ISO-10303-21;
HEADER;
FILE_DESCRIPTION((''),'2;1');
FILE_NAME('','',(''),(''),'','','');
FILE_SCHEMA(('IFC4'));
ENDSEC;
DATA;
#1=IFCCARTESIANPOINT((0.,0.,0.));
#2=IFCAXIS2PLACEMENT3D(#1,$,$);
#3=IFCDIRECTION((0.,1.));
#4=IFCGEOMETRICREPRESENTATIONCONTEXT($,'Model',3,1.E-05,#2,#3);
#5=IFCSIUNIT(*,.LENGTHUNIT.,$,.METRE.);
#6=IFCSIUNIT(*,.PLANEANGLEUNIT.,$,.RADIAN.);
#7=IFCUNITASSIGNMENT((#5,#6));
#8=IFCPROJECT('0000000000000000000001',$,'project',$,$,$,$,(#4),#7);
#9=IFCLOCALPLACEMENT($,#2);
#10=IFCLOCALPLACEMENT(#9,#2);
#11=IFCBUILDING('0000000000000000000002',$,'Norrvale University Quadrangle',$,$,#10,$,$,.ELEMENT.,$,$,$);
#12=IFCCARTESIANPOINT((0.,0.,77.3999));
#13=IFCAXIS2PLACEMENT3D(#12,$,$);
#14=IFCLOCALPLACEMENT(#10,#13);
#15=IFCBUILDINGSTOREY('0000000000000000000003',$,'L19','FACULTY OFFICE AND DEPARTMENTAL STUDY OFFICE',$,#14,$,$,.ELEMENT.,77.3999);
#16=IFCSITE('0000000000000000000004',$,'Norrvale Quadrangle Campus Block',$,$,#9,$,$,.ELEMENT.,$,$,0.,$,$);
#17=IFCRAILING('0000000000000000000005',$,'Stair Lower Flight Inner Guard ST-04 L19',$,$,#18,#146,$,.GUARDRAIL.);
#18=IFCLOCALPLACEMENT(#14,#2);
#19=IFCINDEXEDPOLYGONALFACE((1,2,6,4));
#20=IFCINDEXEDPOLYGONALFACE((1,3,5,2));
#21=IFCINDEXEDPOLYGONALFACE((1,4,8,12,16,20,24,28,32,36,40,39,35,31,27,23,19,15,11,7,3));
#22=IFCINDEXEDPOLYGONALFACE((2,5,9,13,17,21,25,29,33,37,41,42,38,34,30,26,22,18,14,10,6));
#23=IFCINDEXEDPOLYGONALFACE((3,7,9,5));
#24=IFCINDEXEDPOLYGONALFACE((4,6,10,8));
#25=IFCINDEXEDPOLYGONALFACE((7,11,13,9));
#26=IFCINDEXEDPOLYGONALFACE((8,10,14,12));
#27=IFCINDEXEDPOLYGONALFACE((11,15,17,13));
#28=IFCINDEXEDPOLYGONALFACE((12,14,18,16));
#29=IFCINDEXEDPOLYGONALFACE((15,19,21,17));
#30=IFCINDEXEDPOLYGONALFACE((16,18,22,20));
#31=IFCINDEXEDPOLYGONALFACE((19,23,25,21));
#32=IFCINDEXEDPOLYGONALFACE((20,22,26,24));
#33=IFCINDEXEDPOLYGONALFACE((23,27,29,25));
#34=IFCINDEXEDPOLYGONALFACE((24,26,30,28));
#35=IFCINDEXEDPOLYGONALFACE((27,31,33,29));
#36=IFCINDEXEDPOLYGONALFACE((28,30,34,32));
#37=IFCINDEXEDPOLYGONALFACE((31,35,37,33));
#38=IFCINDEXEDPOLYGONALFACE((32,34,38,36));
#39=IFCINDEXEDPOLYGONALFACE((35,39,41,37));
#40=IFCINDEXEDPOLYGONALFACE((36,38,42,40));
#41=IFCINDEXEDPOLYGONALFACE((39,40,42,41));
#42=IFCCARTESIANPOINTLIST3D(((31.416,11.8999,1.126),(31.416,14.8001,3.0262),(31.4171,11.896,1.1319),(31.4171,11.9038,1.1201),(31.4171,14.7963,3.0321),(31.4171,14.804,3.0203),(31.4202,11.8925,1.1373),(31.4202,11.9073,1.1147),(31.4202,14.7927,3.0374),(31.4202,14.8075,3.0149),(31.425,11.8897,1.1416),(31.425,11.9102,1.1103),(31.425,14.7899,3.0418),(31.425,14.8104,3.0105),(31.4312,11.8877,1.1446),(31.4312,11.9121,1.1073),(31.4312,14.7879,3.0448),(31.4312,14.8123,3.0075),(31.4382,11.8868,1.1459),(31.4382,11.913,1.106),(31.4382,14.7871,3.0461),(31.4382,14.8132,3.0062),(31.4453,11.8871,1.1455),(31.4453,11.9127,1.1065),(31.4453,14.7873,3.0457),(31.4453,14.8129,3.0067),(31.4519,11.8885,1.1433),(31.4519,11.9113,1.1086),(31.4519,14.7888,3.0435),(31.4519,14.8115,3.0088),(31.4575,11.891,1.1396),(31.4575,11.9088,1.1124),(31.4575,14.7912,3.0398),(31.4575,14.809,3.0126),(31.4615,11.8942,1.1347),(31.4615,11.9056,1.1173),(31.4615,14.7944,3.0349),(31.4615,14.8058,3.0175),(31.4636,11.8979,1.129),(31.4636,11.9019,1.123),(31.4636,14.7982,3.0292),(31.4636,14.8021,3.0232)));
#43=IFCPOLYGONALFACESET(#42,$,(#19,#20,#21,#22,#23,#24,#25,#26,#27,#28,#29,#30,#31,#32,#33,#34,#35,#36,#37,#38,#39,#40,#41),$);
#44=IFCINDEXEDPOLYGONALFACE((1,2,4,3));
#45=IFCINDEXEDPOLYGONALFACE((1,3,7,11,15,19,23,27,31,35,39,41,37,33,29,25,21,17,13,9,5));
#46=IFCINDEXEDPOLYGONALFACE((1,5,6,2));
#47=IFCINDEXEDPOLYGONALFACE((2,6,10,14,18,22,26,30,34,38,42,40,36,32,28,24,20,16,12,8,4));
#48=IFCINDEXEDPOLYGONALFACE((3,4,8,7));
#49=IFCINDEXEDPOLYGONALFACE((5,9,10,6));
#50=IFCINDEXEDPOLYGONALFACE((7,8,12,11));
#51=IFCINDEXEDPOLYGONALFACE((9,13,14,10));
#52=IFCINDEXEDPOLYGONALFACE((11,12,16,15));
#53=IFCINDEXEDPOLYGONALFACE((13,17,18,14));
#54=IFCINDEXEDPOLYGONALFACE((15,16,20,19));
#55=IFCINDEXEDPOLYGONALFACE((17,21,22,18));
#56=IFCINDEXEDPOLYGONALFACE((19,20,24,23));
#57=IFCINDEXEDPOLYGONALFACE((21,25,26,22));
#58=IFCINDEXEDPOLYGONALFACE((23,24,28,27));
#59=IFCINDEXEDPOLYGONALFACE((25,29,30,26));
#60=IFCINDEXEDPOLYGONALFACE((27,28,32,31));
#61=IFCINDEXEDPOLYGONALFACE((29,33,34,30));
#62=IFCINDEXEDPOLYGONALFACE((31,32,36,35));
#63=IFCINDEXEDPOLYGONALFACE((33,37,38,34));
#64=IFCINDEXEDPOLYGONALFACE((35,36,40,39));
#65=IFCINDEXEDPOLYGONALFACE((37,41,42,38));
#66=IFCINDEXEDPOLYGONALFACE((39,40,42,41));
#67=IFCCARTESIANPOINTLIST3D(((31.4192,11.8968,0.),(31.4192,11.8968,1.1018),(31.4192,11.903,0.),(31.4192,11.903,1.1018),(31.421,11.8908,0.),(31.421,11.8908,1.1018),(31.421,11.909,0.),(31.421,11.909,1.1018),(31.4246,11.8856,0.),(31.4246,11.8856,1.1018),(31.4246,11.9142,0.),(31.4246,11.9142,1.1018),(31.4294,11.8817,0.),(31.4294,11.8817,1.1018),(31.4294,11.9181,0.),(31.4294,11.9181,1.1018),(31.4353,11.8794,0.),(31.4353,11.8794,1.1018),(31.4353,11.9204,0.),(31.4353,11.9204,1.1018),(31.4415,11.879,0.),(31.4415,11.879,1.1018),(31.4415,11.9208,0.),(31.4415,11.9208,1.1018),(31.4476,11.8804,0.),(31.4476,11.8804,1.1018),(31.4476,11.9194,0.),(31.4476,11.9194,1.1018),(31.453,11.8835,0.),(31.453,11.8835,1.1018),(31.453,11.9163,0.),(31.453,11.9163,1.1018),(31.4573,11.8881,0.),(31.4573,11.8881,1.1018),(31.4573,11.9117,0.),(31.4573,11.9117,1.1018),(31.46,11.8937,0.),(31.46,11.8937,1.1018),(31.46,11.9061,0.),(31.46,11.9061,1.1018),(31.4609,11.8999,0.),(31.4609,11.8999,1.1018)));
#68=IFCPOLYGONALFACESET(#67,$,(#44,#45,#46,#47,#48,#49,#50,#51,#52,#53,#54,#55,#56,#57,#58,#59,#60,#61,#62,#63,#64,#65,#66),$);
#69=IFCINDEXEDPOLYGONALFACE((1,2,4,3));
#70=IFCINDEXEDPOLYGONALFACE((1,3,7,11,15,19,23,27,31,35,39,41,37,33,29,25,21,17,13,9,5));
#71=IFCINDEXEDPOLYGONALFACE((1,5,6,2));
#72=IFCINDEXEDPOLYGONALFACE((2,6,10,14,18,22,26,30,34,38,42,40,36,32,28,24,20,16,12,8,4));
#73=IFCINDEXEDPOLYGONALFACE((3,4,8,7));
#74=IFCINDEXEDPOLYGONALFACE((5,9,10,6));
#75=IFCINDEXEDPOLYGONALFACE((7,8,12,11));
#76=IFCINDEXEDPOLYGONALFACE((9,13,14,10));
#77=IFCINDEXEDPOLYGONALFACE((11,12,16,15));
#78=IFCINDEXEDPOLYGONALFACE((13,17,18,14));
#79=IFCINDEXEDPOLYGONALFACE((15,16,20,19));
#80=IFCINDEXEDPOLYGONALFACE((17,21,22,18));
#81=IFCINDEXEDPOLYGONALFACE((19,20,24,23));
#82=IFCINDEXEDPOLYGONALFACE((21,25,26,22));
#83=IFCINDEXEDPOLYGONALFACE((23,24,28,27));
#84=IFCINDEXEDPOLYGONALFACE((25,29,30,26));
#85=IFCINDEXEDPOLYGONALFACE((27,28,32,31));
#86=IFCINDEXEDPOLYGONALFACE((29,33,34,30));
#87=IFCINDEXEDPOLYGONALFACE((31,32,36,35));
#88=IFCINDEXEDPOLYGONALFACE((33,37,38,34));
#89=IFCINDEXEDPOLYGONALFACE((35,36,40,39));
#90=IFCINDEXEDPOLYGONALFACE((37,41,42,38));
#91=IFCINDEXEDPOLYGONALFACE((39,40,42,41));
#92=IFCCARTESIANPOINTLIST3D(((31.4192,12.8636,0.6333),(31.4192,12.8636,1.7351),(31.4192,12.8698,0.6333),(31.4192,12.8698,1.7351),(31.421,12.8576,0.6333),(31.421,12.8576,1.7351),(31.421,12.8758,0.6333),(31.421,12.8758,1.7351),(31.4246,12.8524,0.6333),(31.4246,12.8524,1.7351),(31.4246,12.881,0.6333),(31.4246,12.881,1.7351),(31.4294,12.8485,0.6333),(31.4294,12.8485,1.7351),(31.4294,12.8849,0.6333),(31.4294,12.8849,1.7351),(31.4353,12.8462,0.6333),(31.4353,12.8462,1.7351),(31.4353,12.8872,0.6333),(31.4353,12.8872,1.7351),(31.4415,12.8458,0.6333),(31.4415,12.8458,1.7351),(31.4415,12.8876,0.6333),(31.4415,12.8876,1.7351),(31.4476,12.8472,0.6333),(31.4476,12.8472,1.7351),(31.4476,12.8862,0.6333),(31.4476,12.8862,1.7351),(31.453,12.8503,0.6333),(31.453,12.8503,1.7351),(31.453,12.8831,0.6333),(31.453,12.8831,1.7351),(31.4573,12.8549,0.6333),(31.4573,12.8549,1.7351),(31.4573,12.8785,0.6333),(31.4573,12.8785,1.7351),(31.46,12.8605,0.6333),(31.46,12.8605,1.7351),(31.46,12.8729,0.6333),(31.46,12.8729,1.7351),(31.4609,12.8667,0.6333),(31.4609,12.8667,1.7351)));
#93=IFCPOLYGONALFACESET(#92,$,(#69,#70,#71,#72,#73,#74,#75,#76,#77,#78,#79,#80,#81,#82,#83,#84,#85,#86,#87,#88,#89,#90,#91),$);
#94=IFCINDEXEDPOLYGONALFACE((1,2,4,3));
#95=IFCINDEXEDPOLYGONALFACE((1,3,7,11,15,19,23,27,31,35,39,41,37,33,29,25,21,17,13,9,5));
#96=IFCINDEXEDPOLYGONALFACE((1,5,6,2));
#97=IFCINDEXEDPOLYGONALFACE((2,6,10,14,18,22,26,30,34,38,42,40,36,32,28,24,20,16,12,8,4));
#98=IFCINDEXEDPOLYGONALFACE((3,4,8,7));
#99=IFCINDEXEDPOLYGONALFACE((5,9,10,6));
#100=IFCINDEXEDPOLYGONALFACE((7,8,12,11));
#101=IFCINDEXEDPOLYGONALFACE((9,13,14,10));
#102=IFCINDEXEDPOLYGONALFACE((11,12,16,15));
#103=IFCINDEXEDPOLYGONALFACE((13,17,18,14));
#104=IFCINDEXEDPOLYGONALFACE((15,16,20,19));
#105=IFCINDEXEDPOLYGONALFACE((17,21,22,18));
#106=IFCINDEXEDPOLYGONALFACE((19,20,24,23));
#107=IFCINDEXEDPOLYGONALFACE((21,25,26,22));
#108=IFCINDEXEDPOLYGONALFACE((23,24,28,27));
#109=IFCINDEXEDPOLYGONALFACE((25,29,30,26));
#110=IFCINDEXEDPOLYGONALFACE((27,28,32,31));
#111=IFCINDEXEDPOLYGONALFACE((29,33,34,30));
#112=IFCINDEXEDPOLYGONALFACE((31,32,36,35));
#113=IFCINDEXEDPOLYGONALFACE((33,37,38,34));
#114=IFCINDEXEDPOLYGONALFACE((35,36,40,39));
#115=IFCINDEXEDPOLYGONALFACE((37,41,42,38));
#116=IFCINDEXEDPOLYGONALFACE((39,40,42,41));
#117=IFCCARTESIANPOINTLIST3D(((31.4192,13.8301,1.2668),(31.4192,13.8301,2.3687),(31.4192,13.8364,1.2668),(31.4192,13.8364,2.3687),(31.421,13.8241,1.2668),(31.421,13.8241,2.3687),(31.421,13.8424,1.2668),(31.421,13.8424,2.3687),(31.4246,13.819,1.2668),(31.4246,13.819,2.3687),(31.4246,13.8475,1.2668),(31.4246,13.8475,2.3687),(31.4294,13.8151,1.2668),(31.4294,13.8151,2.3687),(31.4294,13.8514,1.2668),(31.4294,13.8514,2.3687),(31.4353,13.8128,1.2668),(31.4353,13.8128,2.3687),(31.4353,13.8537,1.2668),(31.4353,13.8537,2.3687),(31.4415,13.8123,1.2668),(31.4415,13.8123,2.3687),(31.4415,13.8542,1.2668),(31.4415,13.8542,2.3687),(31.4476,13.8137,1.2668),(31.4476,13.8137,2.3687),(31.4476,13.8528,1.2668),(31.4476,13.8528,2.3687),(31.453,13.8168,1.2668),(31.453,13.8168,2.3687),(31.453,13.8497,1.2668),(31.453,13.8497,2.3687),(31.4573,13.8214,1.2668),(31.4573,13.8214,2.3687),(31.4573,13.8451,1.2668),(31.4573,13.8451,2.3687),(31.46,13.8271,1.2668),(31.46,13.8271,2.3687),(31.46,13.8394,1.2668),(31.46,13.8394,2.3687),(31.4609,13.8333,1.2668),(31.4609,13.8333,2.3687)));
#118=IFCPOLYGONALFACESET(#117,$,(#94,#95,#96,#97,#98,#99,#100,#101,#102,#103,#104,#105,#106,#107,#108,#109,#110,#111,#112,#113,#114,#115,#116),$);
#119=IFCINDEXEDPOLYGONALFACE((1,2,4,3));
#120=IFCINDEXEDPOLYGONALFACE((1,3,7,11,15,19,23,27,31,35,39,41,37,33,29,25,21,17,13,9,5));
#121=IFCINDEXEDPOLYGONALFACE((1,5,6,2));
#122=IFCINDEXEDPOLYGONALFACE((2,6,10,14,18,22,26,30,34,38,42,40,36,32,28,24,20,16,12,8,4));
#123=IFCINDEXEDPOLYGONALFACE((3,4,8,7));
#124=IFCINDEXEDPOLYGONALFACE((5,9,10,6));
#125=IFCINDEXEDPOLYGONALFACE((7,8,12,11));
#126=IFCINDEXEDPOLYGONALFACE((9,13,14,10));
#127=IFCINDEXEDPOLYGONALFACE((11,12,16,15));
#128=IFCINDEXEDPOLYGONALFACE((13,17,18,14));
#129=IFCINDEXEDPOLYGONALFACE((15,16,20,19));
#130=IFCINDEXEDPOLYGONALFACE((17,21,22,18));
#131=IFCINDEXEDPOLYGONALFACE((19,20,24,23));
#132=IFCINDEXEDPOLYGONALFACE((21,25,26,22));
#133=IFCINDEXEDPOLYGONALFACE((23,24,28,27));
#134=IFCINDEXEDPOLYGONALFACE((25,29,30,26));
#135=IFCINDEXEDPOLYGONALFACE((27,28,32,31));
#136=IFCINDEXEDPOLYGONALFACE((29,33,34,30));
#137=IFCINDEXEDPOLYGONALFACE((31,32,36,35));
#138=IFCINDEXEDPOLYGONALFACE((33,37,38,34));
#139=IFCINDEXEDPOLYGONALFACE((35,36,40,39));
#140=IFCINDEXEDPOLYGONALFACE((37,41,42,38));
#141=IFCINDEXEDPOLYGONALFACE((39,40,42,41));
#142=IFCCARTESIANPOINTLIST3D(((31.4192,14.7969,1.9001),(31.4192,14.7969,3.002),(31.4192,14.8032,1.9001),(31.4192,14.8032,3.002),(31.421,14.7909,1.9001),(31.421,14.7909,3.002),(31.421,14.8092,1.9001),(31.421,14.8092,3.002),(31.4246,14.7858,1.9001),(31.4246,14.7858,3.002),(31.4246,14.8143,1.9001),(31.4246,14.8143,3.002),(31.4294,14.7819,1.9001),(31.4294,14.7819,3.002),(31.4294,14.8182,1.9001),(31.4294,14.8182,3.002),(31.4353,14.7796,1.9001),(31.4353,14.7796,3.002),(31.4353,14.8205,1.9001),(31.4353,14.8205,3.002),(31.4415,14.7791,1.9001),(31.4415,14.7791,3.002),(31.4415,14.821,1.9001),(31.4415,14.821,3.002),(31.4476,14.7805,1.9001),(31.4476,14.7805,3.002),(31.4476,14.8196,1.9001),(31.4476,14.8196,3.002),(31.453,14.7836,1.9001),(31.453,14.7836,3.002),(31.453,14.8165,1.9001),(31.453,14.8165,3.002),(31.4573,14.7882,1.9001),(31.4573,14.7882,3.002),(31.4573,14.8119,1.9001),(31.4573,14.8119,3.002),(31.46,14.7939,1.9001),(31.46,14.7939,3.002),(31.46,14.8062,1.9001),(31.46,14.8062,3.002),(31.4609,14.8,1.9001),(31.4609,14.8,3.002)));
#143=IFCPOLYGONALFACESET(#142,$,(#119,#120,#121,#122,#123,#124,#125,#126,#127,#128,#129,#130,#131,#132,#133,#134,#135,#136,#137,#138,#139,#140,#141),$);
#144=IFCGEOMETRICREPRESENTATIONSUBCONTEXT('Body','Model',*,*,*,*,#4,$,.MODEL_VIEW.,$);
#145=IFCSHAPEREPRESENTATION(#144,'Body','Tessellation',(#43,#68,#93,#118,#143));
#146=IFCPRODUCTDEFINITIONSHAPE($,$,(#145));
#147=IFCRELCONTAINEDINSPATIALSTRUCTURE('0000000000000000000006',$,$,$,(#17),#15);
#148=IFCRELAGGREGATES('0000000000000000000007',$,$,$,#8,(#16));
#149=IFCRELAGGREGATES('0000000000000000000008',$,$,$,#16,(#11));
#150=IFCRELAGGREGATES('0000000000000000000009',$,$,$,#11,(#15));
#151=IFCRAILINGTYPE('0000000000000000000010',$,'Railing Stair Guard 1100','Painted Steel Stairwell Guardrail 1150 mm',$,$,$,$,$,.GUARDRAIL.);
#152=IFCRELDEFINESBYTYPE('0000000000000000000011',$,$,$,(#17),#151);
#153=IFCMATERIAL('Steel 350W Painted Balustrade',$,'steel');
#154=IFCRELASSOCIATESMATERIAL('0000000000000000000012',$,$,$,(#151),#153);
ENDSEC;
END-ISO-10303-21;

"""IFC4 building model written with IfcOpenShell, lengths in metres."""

from ifc_helpers import new_model, si_unit, direction, frame, origin, origin_2d, place, context, subcontext, project, spatial, circle, extrude, material, type_object, element, save


model = new_model("IFC4")

# Units and contexts
model_context = context("Model", 3, precision=1e-05, world=origin(), true_north=direction((0.0, 1.0)))
body_context = subcontext(model_context, "Body", "Model", "MODEL_VIEW")
ifc_project = project(units=[si_unit("LENGTHUNIT", "METRE"), si_unit("PLANEANGLEUNIT", "RADIAN")], contexts=[model_context])

# Site, building, storey
site_placement = place(None, origin())
site = spatial("IfcSite", under=ifc_project, at=site_placement, Name="Norrvale Quadrangle Campus Block", CompositionType="ELEMENT", RefElevation=0.0)
building_placement = place(site_placement, origin())
building = spatial("IfcBuilding", under=site, at=building_placement, Name="Norrvale University Quadrangle", CompositionType="ELEMENT")
storey_placement = place(building_placement, frame((0.0, 0.0, 77.3999)))
storey = spatial("IfcBuildingStorey", under=building, at=storey_placement, Name="L19", Description="FACULTY OFFICE AND DEPARTMENTAL STUDY OFFICE", CompositionType="ELEMENT", Elevation=77.3999)

# Railing
ifc_material_1 = material(Name="Steel 350W Painted Balustrade", Category="steel")
railing_type_1 = type_object("IfcRailingType", Name="Railing Stair Guard 1100", Description="Painted Steel Stairwell Guardrail 1150 mm", PredefinedType="GUARDRAIL", material=ifc_material_1)
railing_1_placement = place(storey_placement, frame((31.4399, 11.8999, 0.0)))
element("IfcRailing", 1, at=railing_1_placement, inside=storey, type_object=railing_type_1, Name="Stair Lower Flight Inner Guard ST-04 L19", PredefinedType="GUARDRAIL", context=body_context, shape_type="SweptSolid", body=[
    extrude(circle(Radius=0.0239, at=origin_2d()), frame((0.0, 0.0, 1.126), z_axis=(0.0, 0.836454, 0.548036), x_axis=(-1.0, 0.0, 0.0)), (0.0, 0.0, 1.0), 3.4673),
    extrude(circle(Radius=0.021, at=origin_2d()), origin(), (0.0, 0.0, 1.0), 1.1018),
    extrude(circle(Radius=0.021, at=origin_2d()), frame((0.0, 0.9668, 0.6333)), (0.0, 0.0, 1.0), 1.1018),
    extrude(circle(Radius=0.021, at=origin_2d()), frame((0.0, 1.9333, 1.2668)), (0.0, 0.0, 1.0), 1.1018),
    extrude(circle(Radius=0.021, at=origin_2d()), frame((0.0, 2.9001, 1.9001)), (0.0, 0.0, 1.0), 1.1018),
])

save(model, "model.ifc")
